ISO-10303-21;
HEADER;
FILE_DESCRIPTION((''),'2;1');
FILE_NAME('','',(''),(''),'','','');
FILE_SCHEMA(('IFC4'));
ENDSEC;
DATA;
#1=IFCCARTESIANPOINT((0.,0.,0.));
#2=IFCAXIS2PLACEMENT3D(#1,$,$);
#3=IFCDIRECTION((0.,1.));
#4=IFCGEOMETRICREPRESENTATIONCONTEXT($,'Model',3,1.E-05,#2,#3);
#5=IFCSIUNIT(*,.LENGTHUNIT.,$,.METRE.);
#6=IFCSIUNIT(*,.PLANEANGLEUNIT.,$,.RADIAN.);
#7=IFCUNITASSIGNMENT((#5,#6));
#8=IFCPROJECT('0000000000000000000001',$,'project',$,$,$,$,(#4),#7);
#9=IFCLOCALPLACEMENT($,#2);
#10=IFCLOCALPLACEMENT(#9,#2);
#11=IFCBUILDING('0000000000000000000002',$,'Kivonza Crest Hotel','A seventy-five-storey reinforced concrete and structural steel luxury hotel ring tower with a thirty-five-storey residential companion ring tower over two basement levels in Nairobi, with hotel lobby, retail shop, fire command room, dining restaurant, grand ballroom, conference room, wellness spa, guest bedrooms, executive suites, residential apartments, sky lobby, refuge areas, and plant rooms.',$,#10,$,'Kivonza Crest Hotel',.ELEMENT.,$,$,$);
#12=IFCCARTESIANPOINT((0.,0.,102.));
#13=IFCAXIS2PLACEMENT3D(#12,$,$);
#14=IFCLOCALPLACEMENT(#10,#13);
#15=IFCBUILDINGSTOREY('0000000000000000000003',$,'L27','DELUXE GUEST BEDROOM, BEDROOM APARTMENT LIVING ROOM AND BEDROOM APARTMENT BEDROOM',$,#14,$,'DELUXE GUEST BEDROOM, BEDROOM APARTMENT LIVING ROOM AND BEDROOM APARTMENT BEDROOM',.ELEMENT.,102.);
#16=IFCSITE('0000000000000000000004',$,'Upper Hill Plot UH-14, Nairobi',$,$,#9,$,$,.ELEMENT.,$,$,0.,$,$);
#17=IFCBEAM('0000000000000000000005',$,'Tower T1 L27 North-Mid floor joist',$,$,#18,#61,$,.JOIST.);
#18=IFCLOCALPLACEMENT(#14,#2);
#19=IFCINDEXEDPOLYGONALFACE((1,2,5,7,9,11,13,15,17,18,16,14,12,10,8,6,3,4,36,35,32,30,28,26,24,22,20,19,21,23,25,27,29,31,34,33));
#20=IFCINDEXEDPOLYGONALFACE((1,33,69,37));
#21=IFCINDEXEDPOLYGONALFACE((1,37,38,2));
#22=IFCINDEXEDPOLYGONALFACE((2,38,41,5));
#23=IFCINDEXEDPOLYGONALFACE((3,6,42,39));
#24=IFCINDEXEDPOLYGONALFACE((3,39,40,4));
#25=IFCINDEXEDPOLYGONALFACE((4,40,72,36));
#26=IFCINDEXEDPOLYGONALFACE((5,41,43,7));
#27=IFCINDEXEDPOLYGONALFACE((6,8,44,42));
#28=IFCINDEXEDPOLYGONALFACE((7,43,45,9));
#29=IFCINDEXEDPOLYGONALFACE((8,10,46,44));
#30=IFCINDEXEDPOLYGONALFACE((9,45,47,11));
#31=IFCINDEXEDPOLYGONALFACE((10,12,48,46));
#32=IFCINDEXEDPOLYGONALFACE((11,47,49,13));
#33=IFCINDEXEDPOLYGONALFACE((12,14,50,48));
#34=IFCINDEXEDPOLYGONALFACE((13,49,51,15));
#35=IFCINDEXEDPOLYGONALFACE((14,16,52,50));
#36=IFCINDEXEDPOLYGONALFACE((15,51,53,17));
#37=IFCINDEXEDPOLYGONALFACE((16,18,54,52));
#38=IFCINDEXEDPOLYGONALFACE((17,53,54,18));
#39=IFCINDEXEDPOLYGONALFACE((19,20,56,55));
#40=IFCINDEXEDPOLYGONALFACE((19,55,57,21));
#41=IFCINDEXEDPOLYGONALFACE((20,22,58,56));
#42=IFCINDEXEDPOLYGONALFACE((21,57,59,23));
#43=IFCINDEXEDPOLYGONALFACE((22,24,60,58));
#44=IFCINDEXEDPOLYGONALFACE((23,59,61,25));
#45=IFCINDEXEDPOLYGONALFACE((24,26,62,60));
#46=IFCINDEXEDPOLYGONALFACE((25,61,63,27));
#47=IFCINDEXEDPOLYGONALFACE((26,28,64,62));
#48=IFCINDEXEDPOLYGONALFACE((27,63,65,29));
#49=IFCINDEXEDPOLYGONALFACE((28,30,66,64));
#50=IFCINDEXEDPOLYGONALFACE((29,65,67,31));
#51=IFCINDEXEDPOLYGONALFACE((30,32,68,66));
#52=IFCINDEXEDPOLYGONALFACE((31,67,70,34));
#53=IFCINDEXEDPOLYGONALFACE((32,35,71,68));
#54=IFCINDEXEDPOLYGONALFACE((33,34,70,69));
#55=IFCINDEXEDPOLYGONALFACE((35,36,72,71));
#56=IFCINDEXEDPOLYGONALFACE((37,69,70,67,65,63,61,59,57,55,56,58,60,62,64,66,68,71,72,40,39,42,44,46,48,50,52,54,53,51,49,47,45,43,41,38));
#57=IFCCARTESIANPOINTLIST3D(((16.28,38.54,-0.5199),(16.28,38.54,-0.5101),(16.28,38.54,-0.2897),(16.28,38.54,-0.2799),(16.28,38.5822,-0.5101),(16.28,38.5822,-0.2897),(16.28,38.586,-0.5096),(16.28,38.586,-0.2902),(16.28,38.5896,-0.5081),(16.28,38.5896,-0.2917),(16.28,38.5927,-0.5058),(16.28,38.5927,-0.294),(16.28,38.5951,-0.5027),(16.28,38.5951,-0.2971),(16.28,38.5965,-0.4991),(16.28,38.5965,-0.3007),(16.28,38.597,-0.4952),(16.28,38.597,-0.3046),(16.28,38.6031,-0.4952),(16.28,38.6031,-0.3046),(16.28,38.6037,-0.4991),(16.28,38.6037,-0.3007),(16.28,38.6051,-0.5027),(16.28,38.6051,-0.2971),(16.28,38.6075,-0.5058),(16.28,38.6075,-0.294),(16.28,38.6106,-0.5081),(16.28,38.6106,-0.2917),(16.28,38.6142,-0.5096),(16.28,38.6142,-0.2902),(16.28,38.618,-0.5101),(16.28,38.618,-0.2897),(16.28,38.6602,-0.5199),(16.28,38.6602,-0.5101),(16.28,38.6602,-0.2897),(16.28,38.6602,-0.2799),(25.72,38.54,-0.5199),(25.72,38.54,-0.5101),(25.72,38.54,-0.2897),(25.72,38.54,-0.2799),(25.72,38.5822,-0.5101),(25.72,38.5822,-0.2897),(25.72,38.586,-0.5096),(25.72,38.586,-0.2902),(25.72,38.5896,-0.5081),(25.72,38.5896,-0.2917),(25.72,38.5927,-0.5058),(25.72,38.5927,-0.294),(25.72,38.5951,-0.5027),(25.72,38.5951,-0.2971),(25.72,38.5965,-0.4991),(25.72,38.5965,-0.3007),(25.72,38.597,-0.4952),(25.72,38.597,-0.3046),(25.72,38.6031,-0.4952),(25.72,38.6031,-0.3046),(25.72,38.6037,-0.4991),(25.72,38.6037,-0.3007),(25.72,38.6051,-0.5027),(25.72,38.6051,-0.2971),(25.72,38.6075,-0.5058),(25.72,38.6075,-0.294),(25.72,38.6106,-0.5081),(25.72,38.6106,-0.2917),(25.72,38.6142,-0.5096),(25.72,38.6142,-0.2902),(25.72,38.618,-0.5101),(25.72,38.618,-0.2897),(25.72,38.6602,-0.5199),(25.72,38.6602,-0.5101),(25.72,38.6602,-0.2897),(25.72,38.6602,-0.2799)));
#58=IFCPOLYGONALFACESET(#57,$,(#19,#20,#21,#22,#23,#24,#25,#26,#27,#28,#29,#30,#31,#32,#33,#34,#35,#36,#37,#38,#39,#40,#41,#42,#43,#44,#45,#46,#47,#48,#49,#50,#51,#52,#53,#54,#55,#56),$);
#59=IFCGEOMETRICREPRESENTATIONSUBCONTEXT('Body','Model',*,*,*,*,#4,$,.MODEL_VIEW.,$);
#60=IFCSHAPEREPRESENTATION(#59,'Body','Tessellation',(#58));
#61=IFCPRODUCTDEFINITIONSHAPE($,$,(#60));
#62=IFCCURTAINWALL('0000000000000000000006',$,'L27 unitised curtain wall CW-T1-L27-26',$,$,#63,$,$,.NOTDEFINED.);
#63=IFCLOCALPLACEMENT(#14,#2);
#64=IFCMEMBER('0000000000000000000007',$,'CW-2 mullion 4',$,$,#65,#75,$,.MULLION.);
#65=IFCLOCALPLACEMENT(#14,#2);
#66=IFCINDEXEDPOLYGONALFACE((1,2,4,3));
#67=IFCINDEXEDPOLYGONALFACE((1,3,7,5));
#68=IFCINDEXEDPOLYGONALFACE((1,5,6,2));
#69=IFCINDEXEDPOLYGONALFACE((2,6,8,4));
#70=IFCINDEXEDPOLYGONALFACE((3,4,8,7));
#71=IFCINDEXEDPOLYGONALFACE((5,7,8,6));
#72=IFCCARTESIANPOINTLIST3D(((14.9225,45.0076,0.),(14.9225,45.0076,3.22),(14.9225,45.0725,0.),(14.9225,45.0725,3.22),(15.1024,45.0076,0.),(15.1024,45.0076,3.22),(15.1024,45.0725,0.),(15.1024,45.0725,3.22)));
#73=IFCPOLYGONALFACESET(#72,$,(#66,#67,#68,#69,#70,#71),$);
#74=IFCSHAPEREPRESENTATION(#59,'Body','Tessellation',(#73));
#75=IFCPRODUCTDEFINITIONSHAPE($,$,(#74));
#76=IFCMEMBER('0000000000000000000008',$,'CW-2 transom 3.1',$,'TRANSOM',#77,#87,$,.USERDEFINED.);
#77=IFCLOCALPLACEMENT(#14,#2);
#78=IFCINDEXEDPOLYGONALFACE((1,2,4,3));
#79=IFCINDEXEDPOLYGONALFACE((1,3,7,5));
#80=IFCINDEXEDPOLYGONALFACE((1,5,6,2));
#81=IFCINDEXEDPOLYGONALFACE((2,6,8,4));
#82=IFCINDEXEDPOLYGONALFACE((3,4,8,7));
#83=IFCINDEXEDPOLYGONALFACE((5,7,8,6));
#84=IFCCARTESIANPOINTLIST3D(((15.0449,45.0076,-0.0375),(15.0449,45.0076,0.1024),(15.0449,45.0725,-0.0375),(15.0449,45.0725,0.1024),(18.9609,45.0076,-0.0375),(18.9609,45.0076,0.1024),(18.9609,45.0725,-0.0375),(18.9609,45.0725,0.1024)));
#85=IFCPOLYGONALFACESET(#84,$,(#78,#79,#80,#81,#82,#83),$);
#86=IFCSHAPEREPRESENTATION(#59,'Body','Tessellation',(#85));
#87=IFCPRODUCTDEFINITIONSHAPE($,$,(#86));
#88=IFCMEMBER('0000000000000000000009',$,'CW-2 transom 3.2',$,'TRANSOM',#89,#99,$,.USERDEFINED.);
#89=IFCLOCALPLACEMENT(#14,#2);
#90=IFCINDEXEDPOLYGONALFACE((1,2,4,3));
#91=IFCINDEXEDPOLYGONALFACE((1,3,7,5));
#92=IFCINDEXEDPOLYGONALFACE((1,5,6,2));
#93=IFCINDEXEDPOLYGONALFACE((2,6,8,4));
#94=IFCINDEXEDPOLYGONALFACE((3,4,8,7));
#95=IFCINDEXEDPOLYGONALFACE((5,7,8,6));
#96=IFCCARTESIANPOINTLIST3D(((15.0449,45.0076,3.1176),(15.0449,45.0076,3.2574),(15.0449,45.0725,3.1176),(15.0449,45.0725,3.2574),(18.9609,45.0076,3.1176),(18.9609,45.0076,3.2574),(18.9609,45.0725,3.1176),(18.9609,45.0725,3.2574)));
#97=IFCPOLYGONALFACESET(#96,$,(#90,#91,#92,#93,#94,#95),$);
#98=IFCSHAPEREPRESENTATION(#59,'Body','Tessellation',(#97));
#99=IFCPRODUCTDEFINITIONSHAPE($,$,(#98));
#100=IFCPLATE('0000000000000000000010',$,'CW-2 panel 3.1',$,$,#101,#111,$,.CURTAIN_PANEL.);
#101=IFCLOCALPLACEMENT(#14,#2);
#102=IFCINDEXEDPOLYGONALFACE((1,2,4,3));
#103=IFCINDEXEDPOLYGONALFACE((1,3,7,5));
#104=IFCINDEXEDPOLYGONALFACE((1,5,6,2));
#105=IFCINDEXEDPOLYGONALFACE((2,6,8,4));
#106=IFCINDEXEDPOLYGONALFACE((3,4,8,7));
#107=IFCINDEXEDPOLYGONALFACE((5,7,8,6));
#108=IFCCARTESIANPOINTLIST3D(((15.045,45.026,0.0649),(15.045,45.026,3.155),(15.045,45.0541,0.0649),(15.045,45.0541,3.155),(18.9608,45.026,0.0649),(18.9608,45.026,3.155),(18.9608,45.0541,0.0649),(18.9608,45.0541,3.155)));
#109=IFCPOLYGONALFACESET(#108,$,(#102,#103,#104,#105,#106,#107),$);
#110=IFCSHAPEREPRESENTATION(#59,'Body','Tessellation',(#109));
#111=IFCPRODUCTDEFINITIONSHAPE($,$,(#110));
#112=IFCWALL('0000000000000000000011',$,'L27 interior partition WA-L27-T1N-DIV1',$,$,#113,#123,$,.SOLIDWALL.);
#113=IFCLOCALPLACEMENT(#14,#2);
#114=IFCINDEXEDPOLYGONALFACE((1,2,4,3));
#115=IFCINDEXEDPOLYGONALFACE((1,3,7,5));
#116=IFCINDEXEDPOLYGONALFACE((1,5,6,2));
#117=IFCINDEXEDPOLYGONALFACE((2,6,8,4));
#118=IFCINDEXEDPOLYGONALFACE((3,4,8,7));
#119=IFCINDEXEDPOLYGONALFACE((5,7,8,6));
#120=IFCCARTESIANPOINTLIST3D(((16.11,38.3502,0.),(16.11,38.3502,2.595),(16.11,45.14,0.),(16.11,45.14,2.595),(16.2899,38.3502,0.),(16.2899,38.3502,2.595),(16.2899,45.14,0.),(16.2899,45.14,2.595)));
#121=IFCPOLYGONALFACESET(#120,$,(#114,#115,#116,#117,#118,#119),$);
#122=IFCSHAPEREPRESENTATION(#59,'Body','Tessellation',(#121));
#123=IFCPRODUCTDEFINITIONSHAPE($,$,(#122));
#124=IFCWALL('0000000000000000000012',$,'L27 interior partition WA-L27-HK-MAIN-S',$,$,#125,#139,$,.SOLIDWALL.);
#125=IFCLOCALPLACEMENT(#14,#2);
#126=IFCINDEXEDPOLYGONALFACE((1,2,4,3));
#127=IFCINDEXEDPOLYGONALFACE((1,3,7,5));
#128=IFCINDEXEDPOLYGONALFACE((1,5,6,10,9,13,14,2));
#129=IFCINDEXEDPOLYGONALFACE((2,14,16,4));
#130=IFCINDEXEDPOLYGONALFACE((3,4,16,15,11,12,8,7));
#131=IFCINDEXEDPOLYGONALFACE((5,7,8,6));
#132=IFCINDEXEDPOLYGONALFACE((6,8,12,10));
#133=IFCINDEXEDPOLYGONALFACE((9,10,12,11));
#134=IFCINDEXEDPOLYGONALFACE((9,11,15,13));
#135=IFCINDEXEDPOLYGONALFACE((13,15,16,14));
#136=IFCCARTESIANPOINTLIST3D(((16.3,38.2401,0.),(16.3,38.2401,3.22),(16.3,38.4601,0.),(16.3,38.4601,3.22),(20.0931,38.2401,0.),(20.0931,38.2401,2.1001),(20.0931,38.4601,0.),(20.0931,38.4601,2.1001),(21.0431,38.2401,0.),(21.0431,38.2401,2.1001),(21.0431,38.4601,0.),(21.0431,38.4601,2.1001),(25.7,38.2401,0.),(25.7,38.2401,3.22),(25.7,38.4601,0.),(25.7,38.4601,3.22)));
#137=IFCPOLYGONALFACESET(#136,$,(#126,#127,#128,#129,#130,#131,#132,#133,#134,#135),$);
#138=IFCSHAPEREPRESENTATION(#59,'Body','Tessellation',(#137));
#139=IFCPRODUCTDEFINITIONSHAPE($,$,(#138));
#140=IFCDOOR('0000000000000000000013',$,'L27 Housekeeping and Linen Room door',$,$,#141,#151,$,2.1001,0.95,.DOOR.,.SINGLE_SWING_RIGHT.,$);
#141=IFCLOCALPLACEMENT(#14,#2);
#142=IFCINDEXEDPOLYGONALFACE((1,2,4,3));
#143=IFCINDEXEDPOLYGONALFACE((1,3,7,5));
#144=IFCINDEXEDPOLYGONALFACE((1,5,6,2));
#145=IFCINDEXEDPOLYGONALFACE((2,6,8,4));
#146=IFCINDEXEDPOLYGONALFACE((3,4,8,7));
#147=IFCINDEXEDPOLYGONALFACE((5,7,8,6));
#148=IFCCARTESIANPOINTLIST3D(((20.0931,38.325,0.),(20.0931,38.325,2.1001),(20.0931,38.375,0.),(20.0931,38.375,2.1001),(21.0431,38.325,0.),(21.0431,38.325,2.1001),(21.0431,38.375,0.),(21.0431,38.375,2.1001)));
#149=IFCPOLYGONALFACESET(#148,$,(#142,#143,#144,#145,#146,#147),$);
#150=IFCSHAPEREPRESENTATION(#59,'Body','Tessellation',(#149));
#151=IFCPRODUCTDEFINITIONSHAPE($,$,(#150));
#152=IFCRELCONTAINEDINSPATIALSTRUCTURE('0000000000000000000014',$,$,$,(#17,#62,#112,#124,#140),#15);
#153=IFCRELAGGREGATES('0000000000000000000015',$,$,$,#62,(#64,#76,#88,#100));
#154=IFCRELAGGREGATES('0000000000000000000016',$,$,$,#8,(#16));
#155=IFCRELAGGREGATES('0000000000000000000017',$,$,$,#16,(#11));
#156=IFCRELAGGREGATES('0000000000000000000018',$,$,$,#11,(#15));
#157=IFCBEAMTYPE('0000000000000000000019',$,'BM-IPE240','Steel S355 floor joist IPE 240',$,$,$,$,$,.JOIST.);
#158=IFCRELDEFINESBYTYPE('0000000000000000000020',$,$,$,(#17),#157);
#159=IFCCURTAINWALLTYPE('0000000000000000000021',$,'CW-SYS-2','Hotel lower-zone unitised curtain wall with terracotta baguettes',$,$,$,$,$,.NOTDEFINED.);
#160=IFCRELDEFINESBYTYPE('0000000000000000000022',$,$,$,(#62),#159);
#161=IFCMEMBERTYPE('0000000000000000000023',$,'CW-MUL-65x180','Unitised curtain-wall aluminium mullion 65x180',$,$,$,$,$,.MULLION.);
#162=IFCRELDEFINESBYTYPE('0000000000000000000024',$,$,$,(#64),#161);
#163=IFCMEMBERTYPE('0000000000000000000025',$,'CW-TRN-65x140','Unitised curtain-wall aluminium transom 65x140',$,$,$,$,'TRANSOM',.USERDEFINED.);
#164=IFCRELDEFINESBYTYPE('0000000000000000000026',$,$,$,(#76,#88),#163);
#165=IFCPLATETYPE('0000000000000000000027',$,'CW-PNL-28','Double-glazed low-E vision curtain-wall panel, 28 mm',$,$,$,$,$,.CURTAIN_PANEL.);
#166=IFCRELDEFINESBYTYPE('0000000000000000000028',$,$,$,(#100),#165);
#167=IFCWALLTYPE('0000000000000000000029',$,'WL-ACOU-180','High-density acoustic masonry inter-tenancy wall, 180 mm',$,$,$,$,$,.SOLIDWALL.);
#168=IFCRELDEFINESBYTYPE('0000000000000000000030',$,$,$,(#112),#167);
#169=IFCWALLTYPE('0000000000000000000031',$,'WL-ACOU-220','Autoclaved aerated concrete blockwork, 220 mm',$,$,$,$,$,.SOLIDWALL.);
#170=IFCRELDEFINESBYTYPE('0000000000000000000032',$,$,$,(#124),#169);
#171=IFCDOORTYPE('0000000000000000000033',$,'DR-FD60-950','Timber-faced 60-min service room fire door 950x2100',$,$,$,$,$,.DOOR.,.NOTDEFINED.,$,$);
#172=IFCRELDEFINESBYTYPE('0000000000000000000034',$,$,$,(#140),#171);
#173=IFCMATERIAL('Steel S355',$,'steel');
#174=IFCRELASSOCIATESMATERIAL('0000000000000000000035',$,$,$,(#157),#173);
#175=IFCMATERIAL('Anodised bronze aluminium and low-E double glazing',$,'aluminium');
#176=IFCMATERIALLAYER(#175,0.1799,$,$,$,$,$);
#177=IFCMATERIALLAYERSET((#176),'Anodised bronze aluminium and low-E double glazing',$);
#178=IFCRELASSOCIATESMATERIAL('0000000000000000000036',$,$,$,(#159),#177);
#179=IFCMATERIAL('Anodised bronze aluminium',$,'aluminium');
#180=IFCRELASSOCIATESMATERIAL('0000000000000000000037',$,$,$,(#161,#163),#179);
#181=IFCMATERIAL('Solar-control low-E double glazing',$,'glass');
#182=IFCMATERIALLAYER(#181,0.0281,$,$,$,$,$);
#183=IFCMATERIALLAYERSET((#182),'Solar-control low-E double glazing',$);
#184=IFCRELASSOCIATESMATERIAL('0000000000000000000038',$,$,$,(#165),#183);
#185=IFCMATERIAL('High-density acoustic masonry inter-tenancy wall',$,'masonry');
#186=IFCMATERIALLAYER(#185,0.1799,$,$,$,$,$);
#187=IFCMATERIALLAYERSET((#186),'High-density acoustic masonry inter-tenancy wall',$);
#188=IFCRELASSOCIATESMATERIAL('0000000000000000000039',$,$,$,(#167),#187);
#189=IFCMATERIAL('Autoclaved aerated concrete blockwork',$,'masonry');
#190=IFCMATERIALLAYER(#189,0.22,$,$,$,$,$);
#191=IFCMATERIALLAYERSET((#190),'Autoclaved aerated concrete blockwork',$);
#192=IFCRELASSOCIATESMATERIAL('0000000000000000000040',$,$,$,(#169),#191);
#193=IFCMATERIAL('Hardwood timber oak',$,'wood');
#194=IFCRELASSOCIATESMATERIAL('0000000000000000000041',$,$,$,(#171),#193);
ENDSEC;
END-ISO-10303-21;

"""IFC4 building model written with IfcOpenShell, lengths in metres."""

from ifc_helpers import new_model, si_unit, direction, frame, frame_2d, origin, origin_2d, place, context, subcontext, project, spatial, rectangle, i_section, extrude, material, layer, layer_set, material_profile, profile_set, type_object, element, fill, aggregate, save


model = new_model("IFC4")

# Units and contexts
model_context = context("Model", 3, precision=1e-05, world=origin(), true_north=direction((0.0, 1.0)))
body_context = subcontext(model_context, "Body", "Model", "MODEL_VIEW")
ifc_project = project(units=[si_unit("LENGTHUNIT", "METRE"), si_unit("PLANEANGLEUNIT", "RADIAN")], contexts=[model_context])

# Site, building, storey
site_placement = place(None, origin())
site = spatial("IfcSite", under=ifc_project, at=site_placement, Name="Upper Hill Plot UH-14, Nairobi", CompositionType="ELEMENT", RefElevation=0.0)
building_placement = place(site_placement, origin())
building = spatial("IfcBuilding", under=site, at=building_placement, Name="Kivonza Crest Hotel", Description="A seventy-five-storey reinforced concrete and structural steel luxury hotel ring tower with a thirty-five-storey residential companion ring tower over two basement levels in Nairobi, with hotel lobby, retail shop, fire command room, dining restaurant, grand ballroom, conference room, wellness spa, guest bedrooms, executive suites, residential apartments, sky lobby, refuge areas, and plant rooms.", LongName="Kivonza Crest Hotel", CompositionType="ELEMENT")
storey_placement = place(building_placement, frame((0.0, 0.0, 102.0)))
storey = spatial("IfcBuildingStorey", under=building, at=storey_placement, Name="L27", Description="DELUXE GUEST BEDROOM, BEDROOM APARTMENT LIVING ROOM AND BEDROOM APARTMENT BEDROOM", LongName="DELUXE GUEST BEDROOM, BEDROOM APARTMENT LIVING ROOM AND BEDROOM APARTMENT BEDROOM", CompositionType="ELEMENT", Elevation=102.0)

# Beam
ifc_material_1 = material(Name="Steel S355", Category="steel")
ifc_material_profile_1 = material_profile(ifc_material_1, i_section(OverallWidth=0.1201, OverallDepth=0.24, WebThickness=0.0061, FlangeThickness=0.0098, FilletRadius=0.0149, at=origin_2d()), Name="IPE 240")
ifc_profile_set_1 = profile_set([ifc_material_profile_1], Name="Steel S355")
beam_type_1 = type_object("IfcBeamType", Name="BM-IPE240", Description="Steel S355 floor joist IPE 240", PredefinedType="JOIST", material=ifc_profile_set_1)
beam_1_placement = place(storey_placement, frame((16.28, 38.6001, -0.3999), z_axis=(1.0, 0.0, 0.0), x_axis=(0.0, 1.0, 0.0)))
element("IfcBeam", 1, at=beam_1_placement, inside=storey, type_object=beam_type_1, Name="Tower T1 L27 North-Mid floor joist", PredefinedType="JOIST", context=body_context, shape_type="SweptSolid", body=[
    extrude(i_section(OverallWidth=0.1201, OverallDepth=0.24, WebThickness=0.0061, FlangeThickness=0.0098, FilletRadius=0.0149, at=origin_2d()), origin(), (0.0, 0.0, 1.0), 9.4399),
])

# Curtain wall, members, plate
ifc_material_2 = material(Name="Anodised bronze aluminium and low-E double glazing", Category="aluminium")
ifc_layer_1 = layer(ifc_material_2, 0.1799)
ifc_layer_set_1 = layer_set([ifc_layer_1], Name="Anodised bronze aluminium and low-E double glazing")
curtain_wall_type = type_object("IfcCurtainWallType", Name="CW-SYS-2", Description="Hotel lower-zone unitised curtain wall with terracotta baguettes", PredefinedType="NOTDEFINED", material=ifc_layer_set_1)
curtain_wall_placement = place(storey_placement, origin())
curtain_wall = element("IfcCurtainWall", 2, at=curtain_wall_placement, inside=storey, type_object=curtain_wall_type, Name="L27 unitised curtain wall CW-T1-L27-26", PredefinedType="NOTDEFINED")
ifc_material_3 = material(Name="Anodised bronze aluminium", Category="aluminium")
ifc_material_profile_2 = material_profile(ifc_material_3, rectangle(XDim=0.0649, YDim=0.1799, at=origin_2d()), Name="CW-M 65x180")
ifc_profile_set_2 = profile_set([ifc_material_profile_2], Name="Anodised bronze aluminium")
member_type_1 = type_object("IfcMemberType", Name="CW-MUL-65x180", Description="Unitised curtain-wall aluminium mullion 65x180", PredefinedType="MULLION", material=ifc_profile_set_2)
member_1_placement = place(storey_placement, frame((15.0125, 45.04, 0.0), z_axis=(0.0, 0.0, 1.0), x_axis=(0.0, -1.0, 0.0)))
member_1 = element("IfcMember", 3, at=member_1_placement, type_object=member_type_1, Name="CW-2 mullion 4", PredefinedType="MULLION", context=body_context, shape_type="SweptSolid", body=[
    extrude(rectangle(XDim=0.0649, YDim=0.1799, at=origin_2d()), origin(), (0.0, 0.0, 1.0), 3.22),
])
ifc_material_profile_3 = material_profile(ifc_material_3, rectangle(XDim=0.0649, YDim=0.1399, at=origin_2d()), Name="CW-T 65x140")
ifc_profile_set_3 = profile_set([ifc_material_profile_3], Name="Anodised bronze aluminium")
member_type_2 = type_object("IfcMemberType", Name="CW-TRN-65x140", Description="Unitised curtain-wall aluminium transom 65x140", ElementType="TRANSOM", PredefinedType="USERDEFINED", material=ifc_profile_set_3)
member_2_placement = place(storey_placement, frame((18.9609, 45.04, 0.0325), z_axis=(-1.0, 0.0, 0.0), x_axis=(0.0, -1.0, 0.0)))
member_2 = element("IfcMember", 4, at=member_2_placement, type_object=member_type_2, Name="CW-2 transom 3.1", ObjectType="TRANSOM", PredefinedType="USERDEFINED", context=body_context, shape_type="SweptSolid", body=[
    extrude(rectangle(XDim=0.0649, YDim=0.1399, at=origin_2d()), origin(), (0.0, 0.0, 1.0), 3.916),
])
member_3_placement = place(storey_placement, frame((18.9609, 45.04, 3.1875), z_axis=(-1.0, 0.0, 0.0), x_axis=(0.0, -1.0, 0.0)))
member_3 = element("IfcMember", 5, at=member_3_placement, type_object=member_type_2, Name="CW-2 transom 3.2", ObjectType="TRANSOM", PredefinedType="USERDEFINED", context=body_context, shape_type="SweptSolid", body=[
    extrude(rectangle(XDim=0.0649, YDim=0.1399, at=origin_2d()), origin(), (0.0, 0.0, 1.0), 3.916),
])
ifc_material_4 = material(Name="Solar-control low-E double glazing", Category="glass")
ifc_layer_2 = layer(ifc_material_4, 0.0281)
ifc_layer_set_2 = layer_set([ifc_layer_2], Name="Solar-control low-E double glazing")
plate_type = type_object("IfcPlateType", Name="CW-PNL-28", Description="Double-glazed low-E vision curtain-wall panel, 28 mm", PredefinedType="CURTAIN_PANEL", material=ifc_layer_set_2)
plate_placement = place(storey_placement, frame((17.0029, 45.04, 0.0649), z_axis=(0.0, 0.0, 1.0), x_axis=(-1.0, 0.0, 0.0)))
plate = element("IfcPlate", 6, at=plate_placement, type_object=plate_type, Name="CW-2 panel 3.1", PredefinedType="CURTAIN_PANEL", context=body_context, shape_type="SweptSolid", body=[
    extrude(rectangle(XDim=3.9158, YDim=0.0281, at=origin_2d()), origin(), (0.0, 0.0, 1.0), 3.0901),
])
aggregate(curtain_wall, [member_1, member_2, member_3, plate])

# Wall
ifc_material_5 = material(Name="High-density acoustic masonry inter-tenancy wall", Category="masonry")
ifc_layer_3 = layer(ifc_material_5, 0.1799)
ifc_layer_set_3 = layer_set([ifc_layer_3], Name="High-density acoustic masonry inter-tenancy wall")
wall_type_1 = type_object("IfcWallType", Name="WL-ACOU-180", Description="High-density acoustic masonry inter-tenancy wall, 180 mm", PredefinedType="SOLIDWALL", material=ifc_layer_set_3)
wall_1_placement = place(storey_placement, frame((16.2, 38.3501, 0.0), z_axis=(0.0, 0.0, 1.0), x_axis=(0.0, 1.0, 0.0)))
element("IfcWall", 7, at=wall_1_placement, inside=storey, type_object=wall_type_1, Name="L27 interior partition WA-L27-T1N-DIV1", PredefinedType="SOLIDWALL", context=body_context, shape_type="SweptSolid", body=[
    extrude(rectangle(XDim=6.7898, YDim=0.1799, at=frame_2d((3.395, 0.0))), origin(), (0.0, 0.0, 1.0), 2.595),
])

# Wall, opening, door
ifc_material_6 = material(Name="Autoclaved aerated concrete blockwork", Category="masonry")
ifc_layer_4 = layer(ifc_material_6, 0.22)
ifc_layer_set_4 = layer_set([ifc_layer_4], Name="Autoclaved aerated concrete blockwork")
wall_type_2 = type_object("IfcWallType", Name="WL-ACOU-220", Description="Autoclaved aerated concrete blockwork, 220 mm", PredefinedType="SOLIDWALL", material=ifc_layer_set_4)
wall_2_placement = place(storey_placement, frame((16.3, 38.3501, 0.0), z_axis=(0.0, 0.0, 1.0), x_axis=(1.0, 0.0, 0.0)))
wall_2 = element("IfcWall", 8, at=wall_2_placement, inside=storey, type_object=wall_type_2, Name="L27 interior partition WA-L27-HK-MAIN-S", PredefinedType="SOLIDWALL", context=body_context, shape_type="SweptSolid", body=[
    extrude(rectangle(XDim=9.3999, YDim=0.22, at=frame_2d((4.7, 0.0))), origin(), (0.0, 0.0, 1.0), 3.22),
])
opening_1_placement = place(wall_2_placement, frame((3.793, 0.0, 0.0)))
opening_1 = element("IfcOpeningElement", 9, at=opening_1_placement, cuts=wall_2, PredefinedType="OPENING", context=body_context, shape_type="SweptSolid", body=[
    extrude(rectangle(XDim=0.95, YDim=2.1001, at=frame_2d((0.4751, 1.05))), frame((0.0, 0.1201, 0.0), z_axis=(0.0, -1.0, 0.0), x_axis=(1.0, 0.0, 0.0)), (0.0, 0.0, 1.0), 0.24),
])
ifc_material_7 = material(Name="Hardwood timber oak", Category="wood")
door_type = type_object("IfcDoorType", Name="DR-FD60-950", Description="Timber-faced 60-min service room fire door 950x2100", OperationType="NOTDEFINED", PredefinedType="DOOR", material=ifc_material_7)
door_placement = place(opening_1_placement, origin())
door = element("IfcDoor", 10, at=door_placement, inside=storey, type_object=door_type, Name="L27 Housekeeping and Linen Room door", OperationType="SINGLE_SWING_RIGHT", OverallHeight=2.1001, OverallWidth=0.95, PredefinedType="DOOR", context=body_context, shape_type="SweptSolid", body=[
    extrude(rectangle(XDim=0.95, YDim=2.1001, at=frame_2d((0.4751, 1.05))), frame((0.0, 0.0249, 0.0), z_axis=(0.0, -1.0, 0.0), x_axis=(1.0, 0.0, 0.0)), (0.0, 0.0, 1.0), 0.05),
])
fill(opening_1, door)

save(model, "model.ifc")
